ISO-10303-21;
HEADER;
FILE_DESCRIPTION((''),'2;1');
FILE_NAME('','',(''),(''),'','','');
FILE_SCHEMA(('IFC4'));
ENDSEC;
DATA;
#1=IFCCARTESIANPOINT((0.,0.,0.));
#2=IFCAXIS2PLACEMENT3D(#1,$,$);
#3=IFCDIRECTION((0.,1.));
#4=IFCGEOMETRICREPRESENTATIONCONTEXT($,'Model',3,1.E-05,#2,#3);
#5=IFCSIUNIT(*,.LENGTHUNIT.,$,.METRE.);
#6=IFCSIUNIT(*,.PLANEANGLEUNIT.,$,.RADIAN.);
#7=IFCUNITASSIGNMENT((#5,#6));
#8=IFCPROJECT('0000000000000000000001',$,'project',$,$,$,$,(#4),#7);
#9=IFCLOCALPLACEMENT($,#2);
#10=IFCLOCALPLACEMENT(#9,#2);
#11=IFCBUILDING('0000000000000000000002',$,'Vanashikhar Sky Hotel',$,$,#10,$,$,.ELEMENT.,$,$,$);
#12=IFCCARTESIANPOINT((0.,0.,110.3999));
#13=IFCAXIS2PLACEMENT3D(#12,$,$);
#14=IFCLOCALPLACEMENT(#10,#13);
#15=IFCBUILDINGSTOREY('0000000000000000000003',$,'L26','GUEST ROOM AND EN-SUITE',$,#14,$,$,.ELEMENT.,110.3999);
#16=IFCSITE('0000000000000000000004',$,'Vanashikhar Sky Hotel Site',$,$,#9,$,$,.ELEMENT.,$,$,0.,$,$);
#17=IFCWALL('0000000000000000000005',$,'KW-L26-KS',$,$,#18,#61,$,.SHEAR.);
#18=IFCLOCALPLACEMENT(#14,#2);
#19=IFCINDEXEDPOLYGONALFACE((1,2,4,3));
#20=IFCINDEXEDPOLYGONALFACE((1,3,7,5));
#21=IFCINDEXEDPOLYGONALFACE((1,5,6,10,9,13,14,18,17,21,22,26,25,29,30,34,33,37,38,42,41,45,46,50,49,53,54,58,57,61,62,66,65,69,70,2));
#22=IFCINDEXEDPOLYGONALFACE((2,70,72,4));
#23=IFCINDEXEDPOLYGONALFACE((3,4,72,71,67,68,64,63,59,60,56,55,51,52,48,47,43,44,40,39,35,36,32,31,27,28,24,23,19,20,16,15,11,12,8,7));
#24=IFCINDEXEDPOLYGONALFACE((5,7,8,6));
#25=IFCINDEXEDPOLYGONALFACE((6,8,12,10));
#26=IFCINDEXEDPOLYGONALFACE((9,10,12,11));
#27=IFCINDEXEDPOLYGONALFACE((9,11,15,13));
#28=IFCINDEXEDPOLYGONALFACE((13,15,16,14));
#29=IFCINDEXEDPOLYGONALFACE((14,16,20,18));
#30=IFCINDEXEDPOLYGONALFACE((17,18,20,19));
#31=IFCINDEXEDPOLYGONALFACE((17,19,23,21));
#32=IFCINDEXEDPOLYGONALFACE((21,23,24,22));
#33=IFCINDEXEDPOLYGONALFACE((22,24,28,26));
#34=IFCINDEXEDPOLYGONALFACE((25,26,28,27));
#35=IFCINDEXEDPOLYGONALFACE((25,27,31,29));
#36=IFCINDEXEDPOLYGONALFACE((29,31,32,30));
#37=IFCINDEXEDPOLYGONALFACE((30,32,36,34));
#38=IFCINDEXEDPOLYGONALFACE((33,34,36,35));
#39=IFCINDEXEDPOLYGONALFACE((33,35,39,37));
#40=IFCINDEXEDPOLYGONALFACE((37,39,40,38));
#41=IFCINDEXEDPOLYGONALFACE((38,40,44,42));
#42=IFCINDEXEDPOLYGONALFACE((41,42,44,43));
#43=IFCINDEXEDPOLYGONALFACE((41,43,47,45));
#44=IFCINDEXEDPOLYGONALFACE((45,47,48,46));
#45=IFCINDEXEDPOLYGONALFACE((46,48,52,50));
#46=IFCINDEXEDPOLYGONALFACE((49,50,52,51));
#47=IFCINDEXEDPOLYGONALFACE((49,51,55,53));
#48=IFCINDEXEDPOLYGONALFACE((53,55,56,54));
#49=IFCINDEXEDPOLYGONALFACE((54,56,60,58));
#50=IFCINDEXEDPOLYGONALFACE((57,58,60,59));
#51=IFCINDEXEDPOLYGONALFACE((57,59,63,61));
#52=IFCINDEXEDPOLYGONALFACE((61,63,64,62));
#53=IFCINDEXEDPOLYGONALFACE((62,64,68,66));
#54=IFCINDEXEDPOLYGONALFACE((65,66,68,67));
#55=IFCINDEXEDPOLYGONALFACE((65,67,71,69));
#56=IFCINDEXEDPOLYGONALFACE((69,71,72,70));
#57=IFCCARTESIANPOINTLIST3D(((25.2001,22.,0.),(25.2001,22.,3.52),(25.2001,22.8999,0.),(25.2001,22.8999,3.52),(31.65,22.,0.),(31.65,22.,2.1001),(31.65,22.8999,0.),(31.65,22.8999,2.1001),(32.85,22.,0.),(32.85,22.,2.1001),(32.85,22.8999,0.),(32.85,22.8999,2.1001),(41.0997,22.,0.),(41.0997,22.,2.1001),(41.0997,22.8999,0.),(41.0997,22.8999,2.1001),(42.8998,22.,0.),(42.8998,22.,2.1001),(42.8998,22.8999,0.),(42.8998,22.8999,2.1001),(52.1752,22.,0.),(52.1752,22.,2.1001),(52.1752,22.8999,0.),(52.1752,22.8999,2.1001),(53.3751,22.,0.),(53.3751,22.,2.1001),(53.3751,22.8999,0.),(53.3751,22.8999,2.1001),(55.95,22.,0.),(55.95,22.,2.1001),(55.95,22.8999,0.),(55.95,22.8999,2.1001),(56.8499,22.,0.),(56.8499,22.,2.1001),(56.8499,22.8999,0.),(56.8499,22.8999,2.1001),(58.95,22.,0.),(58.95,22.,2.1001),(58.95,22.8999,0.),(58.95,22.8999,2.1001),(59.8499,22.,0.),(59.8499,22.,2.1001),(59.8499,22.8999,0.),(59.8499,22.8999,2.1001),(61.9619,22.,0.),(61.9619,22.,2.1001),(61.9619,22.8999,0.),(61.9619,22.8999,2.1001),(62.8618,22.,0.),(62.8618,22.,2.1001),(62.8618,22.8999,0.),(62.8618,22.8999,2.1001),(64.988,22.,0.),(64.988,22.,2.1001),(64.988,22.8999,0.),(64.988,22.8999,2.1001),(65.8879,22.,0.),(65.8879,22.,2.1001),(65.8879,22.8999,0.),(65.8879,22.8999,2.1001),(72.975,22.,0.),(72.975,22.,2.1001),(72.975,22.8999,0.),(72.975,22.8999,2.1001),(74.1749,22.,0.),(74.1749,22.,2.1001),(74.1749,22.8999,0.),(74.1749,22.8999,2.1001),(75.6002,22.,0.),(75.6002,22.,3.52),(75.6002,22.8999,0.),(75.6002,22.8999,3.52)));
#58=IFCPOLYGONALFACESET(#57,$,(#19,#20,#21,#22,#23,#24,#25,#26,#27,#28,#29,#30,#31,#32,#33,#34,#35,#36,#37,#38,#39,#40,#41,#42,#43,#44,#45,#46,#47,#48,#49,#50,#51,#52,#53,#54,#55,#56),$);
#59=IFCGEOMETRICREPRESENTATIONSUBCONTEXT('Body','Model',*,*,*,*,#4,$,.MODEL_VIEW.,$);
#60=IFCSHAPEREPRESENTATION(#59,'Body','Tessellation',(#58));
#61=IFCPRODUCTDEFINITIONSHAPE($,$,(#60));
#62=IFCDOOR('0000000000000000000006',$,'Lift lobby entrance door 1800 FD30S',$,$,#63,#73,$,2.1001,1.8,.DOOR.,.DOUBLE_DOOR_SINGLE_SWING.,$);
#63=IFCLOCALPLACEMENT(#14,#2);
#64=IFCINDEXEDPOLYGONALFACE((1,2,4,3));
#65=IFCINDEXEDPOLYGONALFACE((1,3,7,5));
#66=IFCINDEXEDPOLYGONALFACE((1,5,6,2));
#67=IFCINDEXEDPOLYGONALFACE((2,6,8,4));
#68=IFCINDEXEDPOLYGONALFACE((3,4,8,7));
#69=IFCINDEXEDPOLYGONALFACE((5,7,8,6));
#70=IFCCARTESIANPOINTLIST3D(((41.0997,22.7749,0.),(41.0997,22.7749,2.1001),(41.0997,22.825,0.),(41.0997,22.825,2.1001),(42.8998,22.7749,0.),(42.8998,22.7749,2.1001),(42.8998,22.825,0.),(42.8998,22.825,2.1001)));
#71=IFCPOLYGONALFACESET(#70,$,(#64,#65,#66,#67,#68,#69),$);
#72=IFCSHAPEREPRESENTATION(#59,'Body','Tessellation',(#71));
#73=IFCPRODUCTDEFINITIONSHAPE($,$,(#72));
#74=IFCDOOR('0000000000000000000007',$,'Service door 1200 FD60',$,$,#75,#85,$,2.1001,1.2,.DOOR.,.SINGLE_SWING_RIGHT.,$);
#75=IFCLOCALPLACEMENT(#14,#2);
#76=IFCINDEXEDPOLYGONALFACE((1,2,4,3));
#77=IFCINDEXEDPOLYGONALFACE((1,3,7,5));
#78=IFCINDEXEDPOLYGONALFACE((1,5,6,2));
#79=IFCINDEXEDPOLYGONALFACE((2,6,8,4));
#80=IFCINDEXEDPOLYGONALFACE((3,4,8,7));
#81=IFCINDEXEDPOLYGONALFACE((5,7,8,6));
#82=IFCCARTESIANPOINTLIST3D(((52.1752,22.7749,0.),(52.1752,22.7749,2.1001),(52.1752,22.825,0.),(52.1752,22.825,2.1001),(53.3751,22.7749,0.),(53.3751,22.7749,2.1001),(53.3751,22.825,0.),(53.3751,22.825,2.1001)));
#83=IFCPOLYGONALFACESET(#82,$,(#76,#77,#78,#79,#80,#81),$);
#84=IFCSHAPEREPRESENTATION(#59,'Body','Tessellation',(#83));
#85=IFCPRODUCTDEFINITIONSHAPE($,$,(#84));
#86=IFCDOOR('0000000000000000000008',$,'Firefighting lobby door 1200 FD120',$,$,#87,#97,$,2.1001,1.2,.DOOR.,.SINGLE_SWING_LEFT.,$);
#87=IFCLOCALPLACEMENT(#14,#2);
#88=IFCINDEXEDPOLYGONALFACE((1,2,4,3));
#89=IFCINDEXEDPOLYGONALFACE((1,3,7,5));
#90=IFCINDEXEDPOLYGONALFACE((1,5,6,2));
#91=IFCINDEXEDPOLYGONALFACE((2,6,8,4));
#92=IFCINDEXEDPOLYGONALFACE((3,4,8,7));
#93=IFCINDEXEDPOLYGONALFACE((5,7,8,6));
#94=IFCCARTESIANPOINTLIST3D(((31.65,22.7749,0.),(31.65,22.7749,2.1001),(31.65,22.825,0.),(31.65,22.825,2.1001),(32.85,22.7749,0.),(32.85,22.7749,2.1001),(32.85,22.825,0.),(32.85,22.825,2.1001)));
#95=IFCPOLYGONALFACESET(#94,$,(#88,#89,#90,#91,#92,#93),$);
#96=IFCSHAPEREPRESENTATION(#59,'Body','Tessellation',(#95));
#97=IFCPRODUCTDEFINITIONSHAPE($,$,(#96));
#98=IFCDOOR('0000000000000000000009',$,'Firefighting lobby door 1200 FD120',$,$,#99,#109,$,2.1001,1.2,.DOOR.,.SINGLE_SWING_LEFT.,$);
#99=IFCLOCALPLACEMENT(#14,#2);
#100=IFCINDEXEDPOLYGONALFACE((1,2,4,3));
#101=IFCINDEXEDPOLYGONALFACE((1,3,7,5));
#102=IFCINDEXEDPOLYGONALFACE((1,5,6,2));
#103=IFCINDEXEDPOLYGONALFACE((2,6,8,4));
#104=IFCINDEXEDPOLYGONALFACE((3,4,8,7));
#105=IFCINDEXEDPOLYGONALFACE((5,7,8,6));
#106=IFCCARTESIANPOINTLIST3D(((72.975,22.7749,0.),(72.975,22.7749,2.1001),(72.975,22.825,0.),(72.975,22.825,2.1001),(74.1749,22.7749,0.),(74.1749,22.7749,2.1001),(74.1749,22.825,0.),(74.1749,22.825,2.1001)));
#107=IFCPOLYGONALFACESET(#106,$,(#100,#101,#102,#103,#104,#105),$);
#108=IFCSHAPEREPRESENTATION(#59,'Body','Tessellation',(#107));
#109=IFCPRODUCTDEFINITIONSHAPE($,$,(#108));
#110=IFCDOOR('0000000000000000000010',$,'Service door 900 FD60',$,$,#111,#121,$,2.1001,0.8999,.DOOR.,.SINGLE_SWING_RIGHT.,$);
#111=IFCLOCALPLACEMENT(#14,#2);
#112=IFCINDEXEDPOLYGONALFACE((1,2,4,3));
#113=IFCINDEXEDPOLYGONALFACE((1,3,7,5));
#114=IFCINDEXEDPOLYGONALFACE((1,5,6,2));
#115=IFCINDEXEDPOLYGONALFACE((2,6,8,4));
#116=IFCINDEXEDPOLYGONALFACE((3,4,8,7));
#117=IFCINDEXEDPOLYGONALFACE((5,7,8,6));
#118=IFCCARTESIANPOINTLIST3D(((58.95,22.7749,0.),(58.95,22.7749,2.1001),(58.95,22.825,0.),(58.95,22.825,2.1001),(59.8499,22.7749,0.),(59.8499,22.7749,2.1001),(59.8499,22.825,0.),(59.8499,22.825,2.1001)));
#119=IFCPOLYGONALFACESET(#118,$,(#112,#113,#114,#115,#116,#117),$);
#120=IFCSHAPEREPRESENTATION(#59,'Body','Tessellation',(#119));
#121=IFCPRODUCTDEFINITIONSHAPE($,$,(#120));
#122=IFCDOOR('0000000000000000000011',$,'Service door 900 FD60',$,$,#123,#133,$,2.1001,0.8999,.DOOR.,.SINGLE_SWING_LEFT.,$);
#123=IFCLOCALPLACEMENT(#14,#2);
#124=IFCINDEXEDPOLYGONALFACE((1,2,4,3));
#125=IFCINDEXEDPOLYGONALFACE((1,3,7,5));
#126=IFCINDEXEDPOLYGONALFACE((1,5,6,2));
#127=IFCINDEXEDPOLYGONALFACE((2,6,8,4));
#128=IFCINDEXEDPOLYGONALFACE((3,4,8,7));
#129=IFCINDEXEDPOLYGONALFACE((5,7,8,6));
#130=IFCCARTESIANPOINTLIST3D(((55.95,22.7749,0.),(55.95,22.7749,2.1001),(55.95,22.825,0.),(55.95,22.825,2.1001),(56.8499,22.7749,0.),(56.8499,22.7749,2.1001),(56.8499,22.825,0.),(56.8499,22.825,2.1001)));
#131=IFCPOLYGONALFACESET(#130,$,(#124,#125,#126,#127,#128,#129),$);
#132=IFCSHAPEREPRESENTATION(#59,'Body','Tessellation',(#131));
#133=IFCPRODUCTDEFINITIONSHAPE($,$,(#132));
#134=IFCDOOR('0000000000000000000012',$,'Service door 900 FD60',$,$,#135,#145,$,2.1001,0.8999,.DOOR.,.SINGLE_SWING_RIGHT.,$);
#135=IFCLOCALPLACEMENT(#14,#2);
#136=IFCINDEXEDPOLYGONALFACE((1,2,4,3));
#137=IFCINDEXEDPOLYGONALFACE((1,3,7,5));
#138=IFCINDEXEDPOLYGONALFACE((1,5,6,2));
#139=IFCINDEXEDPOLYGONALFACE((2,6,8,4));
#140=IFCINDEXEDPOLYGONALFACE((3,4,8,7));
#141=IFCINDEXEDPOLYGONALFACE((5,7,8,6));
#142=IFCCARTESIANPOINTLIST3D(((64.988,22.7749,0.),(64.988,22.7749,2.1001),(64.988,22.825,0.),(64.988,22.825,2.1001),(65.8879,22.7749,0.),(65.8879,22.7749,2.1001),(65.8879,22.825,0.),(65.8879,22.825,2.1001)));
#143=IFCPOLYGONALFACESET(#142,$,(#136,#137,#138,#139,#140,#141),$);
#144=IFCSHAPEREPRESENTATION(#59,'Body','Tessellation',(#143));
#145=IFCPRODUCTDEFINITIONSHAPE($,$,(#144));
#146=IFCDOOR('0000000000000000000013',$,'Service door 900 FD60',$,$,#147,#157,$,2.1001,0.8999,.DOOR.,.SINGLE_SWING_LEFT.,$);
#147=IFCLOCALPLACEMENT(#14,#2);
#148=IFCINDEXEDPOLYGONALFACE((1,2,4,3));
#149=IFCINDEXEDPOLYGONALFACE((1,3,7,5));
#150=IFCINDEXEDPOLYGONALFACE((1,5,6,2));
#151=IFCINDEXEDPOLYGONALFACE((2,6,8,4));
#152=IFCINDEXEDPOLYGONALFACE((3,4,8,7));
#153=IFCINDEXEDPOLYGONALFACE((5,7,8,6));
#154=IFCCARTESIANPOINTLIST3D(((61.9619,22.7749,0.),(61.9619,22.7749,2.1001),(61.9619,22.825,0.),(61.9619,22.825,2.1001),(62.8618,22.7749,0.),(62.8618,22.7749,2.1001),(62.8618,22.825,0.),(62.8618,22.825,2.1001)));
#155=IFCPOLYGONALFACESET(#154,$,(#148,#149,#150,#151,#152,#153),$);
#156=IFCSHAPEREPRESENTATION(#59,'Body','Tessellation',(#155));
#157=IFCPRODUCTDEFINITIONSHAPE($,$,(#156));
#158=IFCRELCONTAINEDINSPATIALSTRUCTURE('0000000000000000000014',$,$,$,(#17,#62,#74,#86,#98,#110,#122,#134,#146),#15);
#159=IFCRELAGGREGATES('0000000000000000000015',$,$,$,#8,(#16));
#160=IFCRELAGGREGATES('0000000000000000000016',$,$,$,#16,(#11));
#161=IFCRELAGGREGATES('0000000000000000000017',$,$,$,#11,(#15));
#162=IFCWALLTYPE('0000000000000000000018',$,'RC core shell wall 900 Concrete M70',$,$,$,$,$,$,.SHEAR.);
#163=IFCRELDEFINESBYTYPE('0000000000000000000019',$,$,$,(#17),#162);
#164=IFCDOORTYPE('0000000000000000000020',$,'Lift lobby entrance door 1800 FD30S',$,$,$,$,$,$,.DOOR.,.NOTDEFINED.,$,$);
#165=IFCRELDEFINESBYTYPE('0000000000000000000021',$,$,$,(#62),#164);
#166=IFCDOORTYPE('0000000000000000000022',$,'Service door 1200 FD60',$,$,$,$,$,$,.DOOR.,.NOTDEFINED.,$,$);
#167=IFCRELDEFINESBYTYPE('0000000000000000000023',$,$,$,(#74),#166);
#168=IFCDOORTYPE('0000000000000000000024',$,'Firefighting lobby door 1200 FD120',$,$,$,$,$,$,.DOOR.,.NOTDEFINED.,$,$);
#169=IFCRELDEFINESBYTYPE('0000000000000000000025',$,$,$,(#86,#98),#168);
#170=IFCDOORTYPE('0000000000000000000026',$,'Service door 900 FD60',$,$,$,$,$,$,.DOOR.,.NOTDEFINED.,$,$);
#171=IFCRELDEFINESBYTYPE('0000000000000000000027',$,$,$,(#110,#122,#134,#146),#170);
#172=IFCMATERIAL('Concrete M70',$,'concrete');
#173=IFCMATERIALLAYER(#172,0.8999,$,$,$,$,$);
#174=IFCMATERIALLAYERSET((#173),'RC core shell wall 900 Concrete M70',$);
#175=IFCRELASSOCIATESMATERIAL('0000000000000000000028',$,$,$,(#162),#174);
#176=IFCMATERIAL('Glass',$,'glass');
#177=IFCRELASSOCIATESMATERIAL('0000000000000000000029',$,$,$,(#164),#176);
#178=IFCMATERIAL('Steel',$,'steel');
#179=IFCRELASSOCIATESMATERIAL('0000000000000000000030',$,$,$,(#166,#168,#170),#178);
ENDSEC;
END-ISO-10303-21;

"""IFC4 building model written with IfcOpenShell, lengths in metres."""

from ifc_helpers import new_model, si_unit, direction, frame, frame_2d, origin, place, context, subcontext, project, spatial, rectangle, extrude, source, transform, mapped, material, layer, layer_set, type_object, element, fill, save


model = new_model("IFC4")

# Units and contexts
model_context = context("Model", 3, precision=1e-05, world=origin(), true_north=direction((0.0, 1.0)))
body_context = subcontext(model_context, "Body", "Model", "MODEL_VIEW")
ifc_project = project(units=[si_unit("LENGTHUNIT", "METRE"), si_unit("PLANEANGLEUNIT", "RADIAN")], contexts=[model_context])

# Site, building, storey
site_placement = place(None, origin())
site = spatial("IfcSite", under=ifc_project, at=site_placement, Name="Vanashikhar Sky Hotel Site", CompositionType="ELEMENT", RefElevation=0.0)
building_placement = place(site_placement, origin())
building = spatial("IfcBuilding", under=site, at=building_placement, Name="Vanashikhar Sky Hotel", CompositionType="ELEMENT")
storey_placement = place(building_placement, frame((0.0, 0.0, 110.3999)))
storey = spatial("IfcBuildingStorey", under=building, at=storey_placement, Name="L26", Description="GUEST ROOM AND EN-SUITE", CompositionType="ELEMENT", Elevation=110.3999)

# Wall, openings, doors
ifc_material_1 = material(Name="Concrete M70", Category="concrete")
ifc_layer_1 = layer(ifc_material_1, 0.8999)
ifc_layer_set_1 = layer_set([ifc_layer_1], Name="RC core shell wall 900 Concrete M70")
wall_type_1 = type_object("IfcWallType", Name="RC core shell wall 900 Concrete M70", PredefinedType="SHEAR", material=ifc_layer_set_1)
shared_shape_1 = source(origin(), body_context, "Body", "SweptSolid", [
    extrude(rectangle(XDim=50.4001, YDim=0.8999, at=frame_2d((25.2002, 0.0))), origin(), (0.0, 0.0, 1.0), 3.52),
])
wall_1_placement = place(storey_placement, frame((25.2, 22.45, 0.0), z_axis=(0.0, 0.0, 1.0), x_axis=(1.0, 0.0, 0.0)))
wall_1 = element("IfcWall", 1, at=wall_1_placement, inside=storey, type_object=wall_type_1, Name="KW-L26-KS", PredefinedType="SHEAR", context=body_context, shape_type="MappedRepresentation", body=[
    mapped(shared_shape_1, transform((0.0, 0.0, 0.0), scale=1.0)),
])
shared_shape_2 = source(origin(), body_context, "Body", "SweptSolid", [
    extrude(rectangle(XDim=1.8, YDim=2.1001, at=frame_2d((0.8999, 1.05))), frame((0.0, 0.46, 0.0), z_axis=(0.0, -1.0, 0.0), x_axis=(1.0, 0.0, 0.0)), (0.0, 0.0, 1.0), 0.9199),
])
opening_1_placement = place(wall_1_placement, frame((15.8999, 0.0, 0.0)))
opening_1 = element("IfcOpeningElement", 2, at=opening_1_placement, cuts=wall_1, PredefinedType="OPENING", context=body_context, shape_type="MappedRepresentation", body=[
    mapped(shared_shape_2, transform((0.0, 0.0, 0.0), scale=1.0)),
])
shared_shape_3 = source(origin(), body_context, "Body", "SweptSolid", [
    extrude(rectangle(XDim=1.2, YDim=2.1001, at=frame_2d((0.6001, 1.05))), frame((0.0, 0.46, 0.0), z_axis=(0.0, -1.0, 0.0), x_axis=(1.0, 0.0, 0.0)), (0.0, 0.0, 1.0), 0.9199),
])
opening_2_placement = place(wall_1_placement, frame((26.9751, 0.0, 0.0)))
opening_2 = element("IfcOpeningElement", 3, at=opening_2_placement, cuts=wall_1, PredefinedType="OPENING", context=body_context, shape_type="MappedRepresentation", body=[
    mapped(shared_shape_3, transform((0.0, 0.0, 0.0), scale=1.0)),
])
shared_shape_4 = source(origin(), body_context, "Body", "SweptSolid", [
    extrude(rectangle(XDim=0.8999, YDim=2.1001, at=frame_2d((0.45, 1.05))), frame((0.0, 0.46, 0.0), z_axis=(0.0, -1.0, 0.0), x_axis=(1.0, 0.0, 0.0)), (0.0, 0.0, 1.0), 0.9199),
])
opening_3_placement = place(wall_1_placement, frame((33.75, 0.0, 0.0)))
opening_3 = element("IfcOpeningElement", 4, at=opening_3_placement, cuts=wall_1, PredefinedType="OPENING", context=body_context, shape_type="MappedRepresentation", body=[
    mapped(shared_shape_4, transform((0.0, 0.0, 0.0), scale=1.0)),
])
opening_4_placement = place(wall_1_placement, frame((30.75, 0.0, 0.0)))
opening_4 = element("IfcOpeningElement", 5, at=opening_4_placement, cuts=wall_1, PredefinedType="OPENING", context=body_context, shape_type="MappedRepresentation", body=[
    mapped(shared_shape_4, transform((0.0, 0.0, 0.0), scale=1.0)),
])
opening_5_placement = place(wall_1_placement, frame((39.7881, 0.0, 0.0)))
opening_5 = element("IfcOpeningElement", 6, at=opening_5_placement, cuts=wall_1, PredefinedType="OPENING", context=body_context, shape_type="MappedRepresentation", body=[
    mapped(shared_shape_4, transform((0.0, 0.0, 0.0), scale=1.0)),
])
opening_6_placement = place(wall_1_placement, frame((36.762, 0.0, 0.0)))
opening_6 = element("IfcOpeningElement", 7, at=opening_6_placement, cuts=wall_1, PredefinedType="OPENING", context=body_context, shape_type="MappedRepresentation", body=[
    mapped(shared_shape_4, transform((0.0, 0.0, 0.0), scale=1.0)),
])
opening_7_placement = place(wall_1_placement, frame((6.45, 0.0, 0.0)))
opening_7 = element("IfcOpeningElement", 8, at=opening_7_placement, cuts=wall_1, PredefinedType="OPENING", context=body_context, shape_type="MappedRepresentation", body=[
    mapped(shared_shape_3, transform((0.0, 0.0, 0.0), scale=1.0)),
])
opening_8_placement = place(wall_1_placement, frame((47.7749, 0.0, 0.0)))
opening_8 = element("IfcOpeningElement", 9, at=opening_8_placement, cuts=wall_1, PredefinedType="OPENING", context=body_context, shape_type="MappedRepresentation", body=[
    mapped(shared_shape_3, transform((0.0, 0.0, 0.0), scale=1.0)),
])
ifc_material_2 = material(Name="Glass", Category="glass")
door_type_1 = type_object("IfcDoorType", Name="Lift lobby entrance door 1800 FD30S", OperationType="NOTDEFINED", PredefinedType="DOOR", material=ifc_material_2)
shared_shape_5 = source(origin(), body_context, "Body", "SweptSolid", [
    extrude(rectangle(XDim=1.8, YDim=2.1001, at=frame_2d((0.8999, 1.05))), frame((0.0, 0.375, 0.0), z_axis=(0.0, -1.0, 0.0), x_axis=(1.0, 0.0, 0.0)), (0.0, 0.0, 1.0), 0.05),
])
door_1_placement = place(opening_1_placement, origin())
door_1 = element("IfcDoor", 10, at=door_1_placement, inside=storey, type_object=door_type_1, Name="Lift lobby entrance door 1800 FD30S", OperationType="DOUBLE_DOOR_SINGLE_SWING", OverallHeight=2.1001, OverallWidth=1.8, PredefinedType="DOOR", context=body_context, shape_type="MappedRepresentation", body=[
    mapped(shared_shape_5, transform((0.0, 0.0, 0.0), scale=1.0)),
])
fill(opening_1, door_1)
ifc_material_3 = material(Name="Steel", Category="steel")
door_type_2 = type_object("IfcDoorType", Name="Service door 1200 FD60", OperationType="NOTDEFINED", PredefinedType="DOOR", material=ifc_material_3)
shared_shape_6 = source(origin(), body_context, "Body", "SweptSolid", [
    extrude(rectangle(XDim=1.2, YDim=2.1001, at=frame_2d((0.6001, 1.05))), frame((0.0, 0.375, 0.0), z_axis=(0.0, -1.0, 0.0), x_axis=(1.0, 0.0, 0.0)), (0.0, 0.0, 1.0), 0.05),
])
door_2_placement = place(opening_2_placement, origin())
door_2 = element("IfcDoor", 11, at=door_2_placement, inside=storey, type_object=door_type_2, Name="Service door 1200 FD60", OperationType="SINGLE_SWING_RIGHT", OverallHeight=2.1001, OverallWidth=1.2, PredefinedType="DOOR", context=body_context, shape_type="MappedRepresentation", body=[
    mapped(shared_shape_6, transform((0.0, 0.0, 0.0), scale=1.0)),
])
fill(opening_2, door_2)
door_type_3 = type_object("IfcDoorType", Name="Firefighting lobby door 1200 FD120", OperationType="NOTDEFINED", PredefinedType="DOOR", material=ifc_material_3)
door_3_placement = place(opening_7_placement, origin())
door_3 = element("IfcDoor", 12, at=door_3_placement, inside=storey, type_object=door_type_3, Name="Firefighting lobby door 1200 FD120", OperationType="SINGLE_SWING_LEFT", OverallHeight=2.1001, OverallWidth=1.2, PredefinedType="DOOR", context=body_context, shape_type="MappedRepresentation", body=[
    mapped(shared_shape_6, transform((0.0, 0.0, 0.0), scale=1.0)),
])
fill(opening_7, door_3)
door_4_placement = place(opening_8_placement, origin())
door_4 = element("IfcDoor", 13, at=door_4_placement, inside=storey, type_object=door_type_3, Name="Firefighting lobby door 1200 FD120", OperationType="SINGLE_SWING_LEFT", OverallHeight=2.1001, OverallWidth=1.2, PredefinedType="DOOR", context=body_context, shape_type="MappedRepresentation", body=[
    mapped(shared_shape_6, transform((0.0, 0.0, 0.0), scale=1.0)),
])
fill(opening_8, door_4)
door_type_4 = type_object("IfcDoorType", Name="Service door 900 FD60", OperationType="NOTDEFINED", PredefinedType="DOOR", material=ifc_material_3)
shared_shape_7 = source(origin(), body_context, "Body", "SweptSolid", [
    extrude(rectangle(XDim=0.8999, YDim=2.1001, at=frame_2d((0.45, 1.05))), frame((0.0, 0.375, 0.0), z_axis=(0.0, -1.0, 0.0), x_axis=(1.0, 0.0, 0.0)), (0.0, 0.0, 1.0), 0.05),
])
door_5_placement = place(opening_3_placement, origin())
door_5 = element("IfcDoor", 14, at=door_5_placement, inside=storey, type_object=door_type_4, Name="Service door 900 FD60", OperationType="SINGLE_SWING_RIGHT", OverallHeight=2.1001, OverallWidth=0.8999, PredefinedType="DOOR", context=body_context, shape_type="MappedRepresentation", body=[
    mapped(shared_shape_7, transform((0.0, 0.0, 0.0), scale=1.0)),
])
fill(opening_3, door_5)
door_6_placement = place(opening_4_placement, origin())
door_6 = element("IfcDoor", 15, at=door_6_placement, inside=storey, type_object=door_type_4, Name="Service door 900 FD60", OperationType="SINGLE_SWING_LEFT", OverallHeight=2.1001, OverallWidth=0.8999, PredefinedType="DOOR", context=body_context, shape_type="MappedRepresentation", body=[
    mapped(shared_shape_7, transform((0.0, 0.0, 0.0), scale=1.0)),
])
fill(opening_4, door_6)
door_7_placement = place(opening_5_placement, origin())
door_7 = element("IfcDoor", 16, at=door_7_placement, inside=storey, type_object=door_type_4, Name="Service door 900 FD60", OperationType="SINGLE_SWING_RIGHT", OverallHeight=2.1001, OverallWidth=0.8999, PredefinedType="DOOR", context=body_context, shape_type="MappedRepresentation", body=[
    mapped(shared_shape_7, transform((0.0, 0.0, 0.0), scale=1.0)),
])
fill(opening_5, door_7)
door_8_placement = place(opening_6_placement, origin())
door_8 = element("IfcDoor", 17, at=door_8_placement, inside=storey, type_object=door_type_4, Name="Service door 900 FD60", OperationType="SINGLE_SWING_LEFT", OverallHeight=2.1001, OverallWidth=0.8999, PredefinedType="DOOR", context=body_context, shape_type="MappedRepresentation", body=[
    mapped(shared_shape_7, transform((0.0, 0.0, 0.0), scale=1.0)),
])
fill(opening_6, door_8)

save(model, "model.ifc")
